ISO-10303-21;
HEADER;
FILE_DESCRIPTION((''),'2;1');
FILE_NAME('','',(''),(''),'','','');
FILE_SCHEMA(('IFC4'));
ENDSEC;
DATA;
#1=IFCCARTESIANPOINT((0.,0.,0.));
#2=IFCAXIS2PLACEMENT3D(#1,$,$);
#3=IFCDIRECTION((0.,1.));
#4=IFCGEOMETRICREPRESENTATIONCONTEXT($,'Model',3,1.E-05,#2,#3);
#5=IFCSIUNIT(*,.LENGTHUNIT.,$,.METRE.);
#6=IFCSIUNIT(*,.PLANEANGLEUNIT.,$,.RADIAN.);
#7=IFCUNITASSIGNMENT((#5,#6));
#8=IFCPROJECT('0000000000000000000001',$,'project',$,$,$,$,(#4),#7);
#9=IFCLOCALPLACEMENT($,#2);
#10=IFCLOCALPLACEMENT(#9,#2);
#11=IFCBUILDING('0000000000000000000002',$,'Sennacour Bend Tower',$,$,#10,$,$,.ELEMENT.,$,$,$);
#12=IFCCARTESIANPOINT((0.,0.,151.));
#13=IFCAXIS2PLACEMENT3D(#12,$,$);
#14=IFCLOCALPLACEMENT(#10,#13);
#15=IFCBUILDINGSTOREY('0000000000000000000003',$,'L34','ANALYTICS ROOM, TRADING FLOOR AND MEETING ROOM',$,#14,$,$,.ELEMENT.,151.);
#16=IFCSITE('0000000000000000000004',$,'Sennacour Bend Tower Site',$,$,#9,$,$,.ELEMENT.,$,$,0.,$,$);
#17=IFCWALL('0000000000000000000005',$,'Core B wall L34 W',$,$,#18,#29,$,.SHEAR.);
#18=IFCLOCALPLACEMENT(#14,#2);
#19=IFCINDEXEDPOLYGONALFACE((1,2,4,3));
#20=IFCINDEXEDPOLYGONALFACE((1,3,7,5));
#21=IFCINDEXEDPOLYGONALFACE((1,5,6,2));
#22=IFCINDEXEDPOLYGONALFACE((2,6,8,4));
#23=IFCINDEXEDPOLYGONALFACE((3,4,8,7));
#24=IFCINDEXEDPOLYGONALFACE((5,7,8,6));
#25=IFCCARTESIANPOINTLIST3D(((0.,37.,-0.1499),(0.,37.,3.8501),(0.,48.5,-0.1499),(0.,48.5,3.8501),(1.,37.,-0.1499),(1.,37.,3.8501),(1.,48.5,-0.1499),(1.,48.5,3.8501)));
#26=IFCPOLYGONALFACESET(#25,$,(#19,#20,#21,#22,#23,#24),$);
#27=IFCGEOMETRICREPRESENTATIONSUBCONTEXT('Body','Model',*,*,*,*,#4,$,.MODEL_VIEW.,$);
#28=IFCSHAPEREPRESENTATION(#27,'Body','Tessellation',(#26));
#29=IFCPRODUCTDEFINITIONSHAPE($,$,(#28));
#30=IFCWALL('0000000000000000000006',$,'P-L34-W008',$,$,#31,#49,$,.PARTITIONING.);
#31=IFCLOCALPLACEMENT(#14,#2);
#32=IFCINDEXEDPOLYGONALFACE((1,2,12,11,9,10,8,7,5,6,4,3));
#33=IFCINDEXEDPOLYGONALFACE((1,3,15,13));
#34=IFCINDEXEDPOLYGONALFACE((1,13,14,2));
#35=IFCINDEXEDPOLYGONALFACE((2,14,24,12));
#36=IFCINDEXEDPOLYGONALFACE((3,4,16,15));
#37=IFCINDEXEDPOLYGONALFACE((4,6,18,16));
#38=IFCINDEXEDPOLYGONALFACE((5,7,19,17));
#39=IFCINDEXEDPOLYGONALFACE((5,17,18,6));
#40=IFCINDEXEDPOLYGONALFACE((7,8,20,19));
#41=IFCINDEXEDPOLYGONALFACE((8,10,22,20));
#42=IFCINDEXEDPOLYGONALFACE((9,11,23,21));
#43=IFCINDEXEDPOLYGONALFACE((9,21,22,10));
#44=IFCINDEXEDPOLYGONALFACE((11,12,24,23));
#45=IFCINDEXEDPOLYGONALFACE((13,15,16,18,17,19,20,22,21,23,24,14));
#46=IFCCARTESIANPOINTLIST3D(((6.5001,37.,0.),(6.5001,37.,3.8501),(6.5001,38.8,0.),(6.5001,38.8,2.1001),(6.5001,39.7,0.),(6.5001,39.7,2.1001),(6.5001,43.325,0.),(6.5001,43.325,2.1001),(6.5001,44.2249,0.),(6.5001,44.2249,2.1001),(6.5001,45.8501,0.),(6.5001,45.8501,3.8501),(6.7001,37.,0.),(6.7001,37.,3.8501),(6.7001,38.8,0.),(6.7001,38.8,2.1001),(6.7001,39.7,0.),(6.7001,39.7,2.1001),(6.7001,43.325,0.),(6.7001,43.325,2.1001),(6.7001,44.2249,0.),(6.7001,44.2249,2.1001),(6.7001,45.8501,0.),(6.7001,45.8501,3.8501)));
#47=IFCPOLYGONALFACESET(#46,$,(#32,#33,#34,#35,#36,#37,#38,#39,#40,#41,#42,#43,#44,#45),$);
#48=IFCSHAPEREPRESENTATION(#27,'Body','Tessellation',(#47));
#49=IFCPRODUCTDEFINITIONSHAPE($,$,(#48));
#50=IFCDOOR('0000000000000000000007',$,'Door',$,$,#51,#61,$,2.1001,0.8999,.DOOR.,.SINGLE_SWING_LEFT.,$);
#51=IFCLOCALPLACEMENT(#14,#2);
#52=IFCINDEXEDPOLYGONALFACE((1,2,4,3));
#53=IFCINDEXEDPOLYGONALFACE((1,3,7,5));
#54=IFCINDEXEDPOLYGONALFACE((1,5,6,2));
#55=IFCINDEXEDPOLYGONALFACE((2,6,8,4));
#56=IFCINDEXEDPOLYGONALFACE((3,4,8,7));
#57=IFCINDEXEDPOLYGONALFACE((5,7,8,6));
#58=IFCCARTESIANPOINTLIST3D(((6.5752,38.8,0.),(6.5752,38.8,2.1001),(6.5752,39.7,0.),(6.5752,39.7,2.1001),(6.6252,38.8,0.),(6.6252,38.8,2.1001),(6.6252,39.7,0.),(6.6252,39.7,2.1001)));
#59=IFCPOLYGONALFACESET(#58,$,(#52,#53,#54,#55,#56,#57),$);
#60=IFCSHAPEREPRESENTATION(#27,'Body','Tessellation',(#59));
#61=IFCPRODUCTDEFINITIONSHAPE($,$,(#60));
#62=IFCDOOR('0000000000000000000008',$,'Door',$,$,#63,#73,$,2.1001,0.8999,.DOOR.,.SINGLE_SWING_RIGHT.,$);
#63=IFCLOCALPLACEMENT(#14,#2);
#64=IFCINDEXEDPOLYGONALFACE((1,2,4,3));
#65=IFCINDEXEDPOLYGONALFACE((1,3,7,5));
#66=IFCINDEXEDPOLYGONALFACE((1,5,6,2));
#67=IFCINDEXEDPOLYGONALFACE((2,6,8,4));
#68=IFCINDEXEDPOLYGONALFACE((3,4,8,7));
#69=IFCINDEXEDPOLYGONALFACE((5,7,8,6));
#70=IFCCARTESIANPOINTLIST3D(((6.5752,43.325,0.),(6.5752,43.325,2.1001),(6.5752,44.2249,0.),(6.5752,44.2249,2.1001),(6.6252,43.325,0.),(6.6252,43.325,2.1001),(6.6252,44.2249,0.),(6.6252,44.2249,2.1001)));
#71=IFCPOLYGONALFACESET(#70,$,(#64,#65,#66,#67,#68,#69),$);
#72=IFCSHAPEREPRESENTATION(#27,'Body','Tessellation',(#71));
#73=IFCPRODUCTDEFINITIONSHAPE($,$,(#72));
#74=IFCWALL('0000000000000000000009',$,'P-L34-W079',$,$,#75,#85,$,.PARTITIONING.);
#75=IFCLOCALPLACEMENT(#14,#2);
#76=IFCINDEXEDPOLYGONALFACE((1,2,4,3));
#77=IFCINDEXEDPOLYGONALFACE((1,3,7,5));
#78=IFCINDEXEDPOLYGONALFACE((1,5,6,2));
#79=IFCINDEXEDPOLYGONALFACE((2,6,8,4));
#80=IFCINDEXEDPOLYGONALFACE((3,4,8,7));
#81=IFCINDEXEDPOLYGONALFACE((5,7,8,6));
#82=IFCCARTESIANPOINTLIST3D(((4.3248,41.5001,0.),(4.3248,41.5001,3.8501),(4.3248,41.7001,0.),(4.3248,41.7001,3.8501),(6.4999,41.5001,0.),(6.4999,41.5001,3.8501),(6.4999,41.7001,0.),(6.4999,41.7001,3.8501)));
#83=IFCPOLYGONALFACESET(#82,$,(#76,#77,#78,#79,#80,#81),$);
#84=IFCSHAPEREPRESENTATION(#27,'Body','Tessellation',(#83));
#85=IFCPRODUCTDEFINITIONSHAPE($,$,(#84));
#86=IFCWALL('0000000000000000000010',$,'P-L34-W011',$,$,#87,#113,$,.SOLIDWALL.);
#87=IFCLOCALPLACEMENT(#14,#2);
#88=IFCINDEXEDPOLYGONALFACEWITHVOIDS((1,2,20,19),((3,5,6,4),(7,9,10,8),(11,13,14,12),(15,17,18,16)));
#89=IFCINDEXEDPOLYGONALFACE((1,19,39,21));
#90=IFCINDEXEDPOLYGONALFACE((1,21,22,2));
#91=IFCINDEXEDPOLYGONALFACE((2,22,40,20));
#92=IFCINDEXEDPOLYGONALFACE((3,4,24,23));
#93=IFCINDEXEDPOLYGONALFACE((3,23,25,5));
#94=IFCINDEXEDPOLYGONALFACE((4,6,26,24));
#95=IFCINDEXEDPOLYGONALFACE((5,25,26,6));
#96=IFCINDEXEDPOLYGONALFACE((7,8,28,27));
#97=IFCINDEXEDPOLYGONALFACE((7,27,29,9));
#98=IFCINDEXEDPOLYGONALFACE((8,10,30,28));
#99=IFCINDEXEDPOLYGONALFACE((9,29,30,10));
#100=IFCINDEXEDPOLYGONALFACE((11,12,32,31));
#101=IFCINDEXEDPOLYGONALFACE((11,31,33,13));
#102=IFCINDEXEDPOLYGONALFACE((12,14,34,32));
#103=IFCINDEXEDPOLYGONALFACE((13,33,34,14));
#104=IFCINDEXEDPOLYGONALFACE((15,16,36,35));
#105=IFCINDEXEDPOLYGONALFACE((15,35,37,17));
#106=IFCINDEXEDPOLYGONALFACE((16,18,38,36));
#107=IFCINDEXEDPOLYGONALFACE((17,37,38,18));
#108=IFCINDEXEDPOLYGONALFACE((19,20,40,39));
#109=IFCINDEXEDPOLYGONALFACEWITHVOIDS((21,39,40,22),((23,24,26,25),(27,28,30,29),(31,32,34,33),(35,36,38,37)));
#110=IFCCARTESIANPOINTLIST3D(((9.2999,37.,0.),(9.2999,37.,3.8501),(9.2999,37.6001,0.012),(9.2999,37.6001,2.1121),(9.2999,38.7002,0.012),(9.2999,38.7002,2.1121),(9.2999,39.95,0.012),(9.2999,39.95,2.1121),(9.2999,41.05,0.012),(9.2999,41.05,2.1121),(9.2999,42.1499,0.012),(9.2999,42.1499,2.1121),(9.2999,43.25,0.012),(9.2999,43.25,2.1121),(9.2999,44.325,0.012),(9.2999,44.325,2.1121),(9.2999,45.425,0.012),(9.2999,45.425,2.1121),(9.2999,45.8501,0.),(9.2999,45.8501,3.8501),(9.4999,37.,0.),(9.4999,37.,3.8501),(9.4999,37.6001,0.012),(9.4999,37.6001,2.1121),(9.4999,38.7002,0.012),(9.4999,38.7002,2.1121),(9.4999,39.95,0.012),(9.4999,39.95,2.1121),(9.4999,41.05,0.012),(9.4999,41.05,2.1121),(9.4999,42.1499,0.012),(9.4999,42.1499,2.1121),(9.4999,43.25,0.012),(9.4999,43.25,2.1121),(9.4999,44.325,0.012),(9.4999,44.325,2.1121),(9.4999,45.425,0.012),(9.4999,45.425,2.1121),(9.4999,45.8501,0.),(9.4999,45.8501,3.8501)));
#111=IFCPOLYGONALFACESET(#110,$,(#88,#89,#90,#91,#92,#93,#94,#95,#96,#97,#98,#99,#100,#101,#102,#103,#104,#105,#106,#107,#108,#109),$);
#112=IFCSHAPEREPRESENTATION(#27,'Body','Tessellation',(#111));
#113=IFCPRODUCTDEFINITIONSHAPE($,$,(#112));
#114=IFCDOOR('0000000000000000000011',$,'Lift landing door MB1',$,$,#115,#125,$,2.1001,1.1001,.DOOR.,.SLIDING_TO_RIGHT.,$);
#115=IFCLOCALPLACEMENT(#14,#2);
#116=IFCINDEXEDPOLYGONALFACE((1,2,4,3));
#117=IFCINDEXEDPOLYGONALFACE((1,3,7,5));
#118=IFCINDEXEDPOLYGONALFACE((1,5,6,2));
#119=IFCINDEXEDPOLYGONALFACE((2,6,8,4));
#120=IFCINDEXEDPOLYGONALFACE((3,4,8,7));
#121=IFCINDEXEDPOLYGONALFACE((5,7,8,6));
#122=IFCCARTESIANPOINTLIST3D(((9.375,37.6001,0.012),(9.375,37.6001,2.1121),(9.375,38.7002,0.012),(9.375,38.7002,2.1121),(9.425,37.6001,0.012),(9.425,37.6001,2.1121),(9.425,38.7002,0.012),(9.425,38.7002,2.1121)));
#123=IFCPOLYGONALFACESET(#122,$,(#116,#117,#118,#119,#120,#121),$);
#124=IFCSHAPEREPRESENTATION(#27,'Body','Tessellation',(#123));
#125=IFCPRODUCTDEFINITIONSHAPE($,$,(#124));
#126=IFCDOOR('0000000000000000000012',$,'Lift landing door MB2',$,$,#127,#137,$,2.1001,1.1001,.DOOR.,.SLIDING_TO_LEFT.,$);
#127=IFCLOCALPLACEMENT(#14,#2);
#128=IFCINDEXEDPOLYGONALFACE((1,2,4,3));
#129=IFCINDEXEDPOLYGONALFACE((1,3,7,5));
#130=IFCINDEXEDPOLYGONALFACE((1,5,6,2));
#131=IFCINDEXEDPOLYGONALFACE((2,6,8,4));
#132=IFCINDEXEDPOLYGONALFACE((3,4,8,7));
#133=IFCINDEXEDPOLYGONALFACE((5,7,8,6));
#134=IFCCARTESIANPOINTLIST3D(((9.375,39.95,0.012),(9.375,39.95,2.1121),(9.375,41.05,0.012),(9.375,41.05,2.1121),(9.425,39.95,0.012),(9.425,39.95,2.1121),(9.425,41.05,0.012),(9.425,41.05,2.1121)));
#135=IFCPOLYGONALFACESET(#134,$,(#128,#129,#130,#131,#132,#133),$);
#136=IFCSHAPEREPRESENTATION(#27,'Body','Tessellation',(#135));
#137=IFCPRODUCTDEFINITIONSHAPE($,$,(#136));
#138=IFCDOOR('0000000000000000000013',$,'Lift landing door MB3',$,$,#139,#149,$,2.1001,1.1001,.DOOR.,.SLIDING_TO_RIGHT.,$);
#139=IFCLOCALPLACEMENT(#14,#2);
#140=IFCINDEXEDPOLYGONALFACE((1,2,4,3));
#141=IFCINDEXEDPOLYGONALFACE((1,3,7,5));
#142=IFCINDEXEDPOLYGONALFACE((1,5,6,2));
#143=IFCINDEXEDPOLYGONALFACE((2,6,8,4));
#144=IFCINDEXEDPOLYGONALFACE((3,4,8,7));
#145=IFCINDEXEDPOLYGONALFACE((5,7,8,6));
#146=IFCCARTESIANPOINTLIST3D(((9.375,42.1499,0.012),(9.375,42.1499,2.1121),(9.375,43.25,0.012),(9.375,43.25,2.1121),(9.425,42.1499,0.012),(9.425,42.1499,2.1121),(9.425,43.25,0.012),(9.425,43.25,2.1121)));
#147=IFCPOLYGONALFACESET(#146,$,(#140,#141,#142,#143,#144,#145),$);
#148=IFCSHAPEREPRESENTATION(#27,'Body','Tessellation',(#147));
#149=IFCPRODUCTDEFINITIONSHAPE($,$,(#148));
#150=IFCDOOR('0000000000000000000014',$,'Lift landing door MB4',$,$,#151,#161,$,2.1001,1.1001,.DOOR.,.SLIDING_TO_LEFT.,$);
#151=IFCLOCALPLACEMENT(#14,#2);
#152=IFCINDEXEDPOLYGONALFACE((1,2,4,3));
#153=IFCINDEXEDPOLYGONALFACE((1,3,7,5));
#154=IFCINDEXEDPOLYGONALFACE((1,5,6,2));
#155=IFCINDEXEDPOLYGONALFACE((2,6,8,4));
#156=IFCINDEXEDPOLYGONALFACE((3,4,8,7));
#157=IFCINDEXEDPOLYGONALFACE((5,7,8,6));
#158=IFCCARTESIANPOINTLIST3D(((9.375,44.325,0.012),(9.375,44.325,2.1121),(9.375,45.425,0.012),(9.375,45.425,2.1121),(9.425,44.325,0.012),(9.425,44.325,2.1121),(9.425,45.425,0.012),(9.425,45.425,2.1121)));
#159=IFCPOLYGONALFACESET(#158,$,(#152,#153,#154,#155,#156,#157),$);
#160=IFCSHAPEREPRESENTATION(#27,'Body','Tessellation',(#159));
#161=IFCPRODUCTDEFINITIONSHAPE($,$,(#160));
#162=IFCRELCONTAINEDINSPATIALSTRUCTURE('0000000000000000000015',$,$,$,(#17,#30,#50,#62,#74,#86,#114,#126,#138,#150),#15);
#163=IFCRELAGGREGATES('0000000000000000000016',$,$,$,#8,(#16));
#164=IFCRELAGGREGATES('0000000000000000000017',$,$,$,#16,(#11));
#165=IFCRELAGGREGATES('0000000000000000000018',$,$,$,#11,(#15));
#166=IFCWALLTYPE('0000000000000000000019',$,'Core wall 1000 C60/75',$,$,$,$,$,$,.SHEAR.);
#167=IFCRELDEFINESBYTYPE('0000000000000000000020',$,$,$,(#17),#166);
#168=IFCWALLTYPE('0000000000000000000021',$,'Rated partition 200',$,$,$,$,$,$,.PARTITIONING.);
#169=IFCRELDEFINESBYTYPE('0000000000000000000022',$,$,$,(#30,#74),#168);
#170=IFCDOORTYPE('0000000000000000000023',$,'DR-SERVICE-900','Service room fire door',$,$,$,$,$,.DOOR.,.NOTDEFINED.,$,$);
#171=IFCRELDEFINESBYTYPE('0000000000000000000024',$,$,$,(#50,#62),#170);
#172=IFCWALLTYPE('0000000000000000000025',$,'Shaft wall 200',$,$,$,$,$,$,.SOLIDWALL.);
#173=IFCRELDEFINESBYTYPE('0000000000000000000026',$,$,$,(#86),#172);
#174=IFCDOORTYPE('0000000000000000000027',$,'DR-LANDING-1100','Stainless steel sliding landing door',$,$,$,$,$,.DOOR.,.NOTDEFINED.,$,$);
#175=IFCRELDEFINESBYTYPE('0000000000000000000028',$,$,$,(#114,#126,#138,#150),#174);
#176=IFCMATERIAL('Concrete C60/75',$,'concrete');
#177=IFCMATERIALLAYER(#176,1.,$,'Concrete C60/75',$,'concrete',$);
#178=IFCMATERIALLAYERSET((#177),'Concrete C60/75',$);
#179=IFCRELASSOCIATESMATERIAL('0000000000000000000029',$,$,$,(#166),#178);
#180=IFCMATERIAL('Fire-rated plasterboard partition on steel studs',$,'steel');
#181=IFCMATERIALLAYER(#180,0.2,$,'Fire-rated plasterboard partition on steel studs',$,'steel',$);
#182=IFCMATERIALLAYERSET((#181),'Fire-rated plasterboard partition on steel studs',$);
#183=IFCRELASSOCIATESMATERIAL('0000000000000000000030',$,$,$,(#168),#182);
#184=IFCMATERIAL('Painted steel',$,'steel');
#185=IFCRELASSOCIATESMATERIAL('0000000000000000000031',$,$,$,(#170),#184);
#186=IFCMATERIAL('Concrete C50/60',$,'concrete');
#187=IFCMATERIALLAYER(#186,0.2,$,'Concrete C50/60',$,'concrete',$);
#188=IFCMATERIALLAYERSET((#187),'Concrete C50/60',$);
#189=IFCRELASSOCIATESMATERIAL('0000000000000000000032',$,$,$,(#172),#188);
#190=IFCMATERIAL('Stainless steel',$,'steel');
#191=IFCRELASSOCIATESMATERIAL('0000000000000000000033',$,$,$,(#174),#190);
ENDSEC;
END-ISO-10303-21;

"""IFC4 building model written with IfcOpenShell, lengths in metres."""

from ifc_helpers import new_model, si_unit, direction, frame, frame_2d, origin, place, context, subcontext, project, spatial, rectangle, extrude, material, layer, layer_set, type_object, element, fill, save


model = new_model("IFC4")

# Units and contexts
model_context = context("Model", 3, precision=1e-05, world=origin(), true_north=direction((0.0, 1.0)))
body_context = subcontext(model_context, "Body", "Model", "MODEL_VIEW")
ifc_project = project(units=[si_unit("LENGTHUNIT", "METRE"), si_unit("PLANEANGLEUNIT", "RADIAN")], contexts=[model_context])

# Site, building, storey
site_placement = place(None, origin())
site = spatial("IfcSite", under=ifc_project, at=site_placement, Name="Sennacour Bend Tower Site", CompositionType="ELEMENT", RefElevation=0.0)
building_placement = place(site_placement, origin())
building = spatial("IfcBuilding", under=site, at=building_placement, Name="Sennacour Bend Tower", CompositionType="ELEMENT")
storey_placement = place(building_placement, frame((0.0, 0.0, 151.0)))
storey = spatial("IfcBuildingStorey", under=building, at=storey_placement, Name="L34", Description="ANALYTICS ROOM, TRADING FLOOR AND MEETING ROOM", CompositionType="ELEMENT", Elevation=151.0)

# Wall
ifc_material_1 = material(Name="Concrete C60/75", Category="concrete")
ifc_layer_1 = layer(ifc_material_1, 1.0, Name="Concrete C60/75", Category="concrete")
ifc_layer_set_1 = layer_set([ifc_layer_1], Name="Concrete C60/75")
wall_type_1 = type_object("IfcWallType", Name="Core wall 1000 C60/75", PredefinedType="SHEAR", material=ifc_layer_set_1)
wall_1_placement = place(storey_placement, frame((0.5, 37.0, -0.1499), z_axis=(0.0, 0.0, 1.0), x_axis=(0.0, 1.0, 0.0)))
element("IfcWall", 1, at=wall_1_placement, inside=storey, type_object=wall_type_1, Name="Core B wall L34 W", PredefinedType="SHEAR", context=body_context, shape_type="SweptSolid", body=[
    extrude(rectangle(XDim=11.5, YDim=1.0, at=frame_2d((5.75, 0.0))), origin(), (0.0, 0.0, 1.0), 4.0),
])

# Wall, openings, doors
ifc_material_2 = material(Name="Fire-rated plasterboard partition on steel studs", Category="steel")
ifc_layer_2 = layer(ifc_material_2, 0.2, Name="Fire-rated plasterboard partition on steel studs", Category="steel")
ifc_layer_set_2 = layer_set([ifc_layer_2], Name="Fire-rated plasterboard partition on steel studs")
wall_type_2 = type_object("IfcWallType", Name="Rated partition 200", PredefinedType="PARTITIONING", material=ifc_layer_set_2)
wall_2_placement = place(storey_placement, frame((6.6001, 37.0, 0.0), z_axis=(0.0, 0.0, 1.0), x_axis=(0.0, 1.0, 0.0)))
wall_2 = element("IfcWall", 2, at=wall_2_placement, inside=storey, type_object=wall_type_2, Name="P-L34-W008", PredefinedType="PARTITIONING", context=body_context, shape_type="SweptSolid", body=[
    extrude(rectangle(XDim=8.8501, YDim=0.2, at=frame_2d((4.425, 0.0))), origin(), (0.0, 0.0, 1.0), 3.8501),
])
opening_1_placement = place(wall_2_placement, frame((1.8, 0.0, 0.0)))
opening_1 = element("IfcOpeningElement", 3, at=opening_1_placement, cuts=wall_2, PredefinedType="OPENING", context=body_context, shape_type="SweptSolid", body=[
    extrude(rectangle(XDim=0.8999, YDim=2.1001, at=frame_2d((0.45, 1.05))), frame((0.0, 0.1099, 0.0), z_axis=(0.0, -1.0, 0.0), x_axis=(1.0, 0.0, 0.0)), (0.0, 0.0, 1.0), 0.22),
])
opening_2_placement = place(wall_2_placement, frame((6.325, 0.0, 0.0)))
opening_2 = element("IfcOpeningElement", 4, at=opening_2_placement, cuts=wall_2, PredefinedType="OPENING", context=body_context, shape_type="SweptSolid", body=[
    extrude(rectangle(XDim=0.8999, YDim=2.1001, at=frame_2d((0.45, 1.05))), frame((0.0, 0.1099, 0.0), z_axis=(0.0, -1.0, 0.0), x_axis=(1.0, 0.0, 0.0)), (0.0, 0.0, 1.0), 0.22),
])
ifc_material_3 = material(Name="Painted steel", Category="steel")
door_type_1 = type_object("IfcDoorType", Name="DR-SERVICE-900", Description="Service room fire door", OperationType="NOTDEFINED", PredefinedType="DOOR", material=ifc_material_3)
door_1_placement = place(opening_1_placement, origin())
door_1 = element("IfcDoor", 5, at=door_1_placement, inside=storey, type_object=door_type_1, Name="Door", OperationType="SINGLE_SWING_LEFT", OverallHeight=2.1001, OverallWidth=0.8999, PredefinedType="DOOR", context=body_context, shape_type="SweptSolid", body=[
    extrude(rectangle(XDim=0.8999, YDim=2.1001, at=frame_2d((0.45, 1.05))), frame((0.0, 0.0249, 0.0), z_axis=(0.0, -1.0, 0.0), x_axis=(1.0, 0.0, 0.0)), (0.0, 0.0, 1.0), 0.05),
])
fill(opening_1, door_1)
door_2_placement = place(opening_2_placement, origin())
door_2 = element("IfcDoor", 6, at=door_2_placement, inside=storey, type_object=door_type_1, Name="Door", OperationType="SINGLE_SWING_RIGHT", OverallHeight=2.1001, OverallWidth=0.8999, PredefinedType="DOOR", context=body_context, shape_type="SweptSolid", body=[
    extrude(rectangle(XDim=0.8999, YDim=2.1001, at=frame_2d((0.45, 1.05))), frame((0.0, 0.0249, 0.0), z_axis=(0.0, -1.0, 0.0), x_axis=(1.0, 0.0, 0.0)), (0.0, 0.0, 1.0), 0.05),
])
fill(opening_2, door_2)

# Wall
wall_3_placement = place(storey_placement, frame((4.325, 41.6001, 0.0), z_axis=(0.0, 0.0, 1.0), x_axis=(1.0, 0.0, 0.0)))
element("IfcWall", 7, at=wall_3_placement, inside=storey, type_object=wall_type_2, Name="P-L34-W079", PredefinedType="PARTITIONING", context=body_context, shape_type="SweptSolid", body=[
    extrude(rectangle(XDim=2.175, YDim=0.2, at=frame_2d((1.0874, 0.0))), origin(), (0.0, 0.0, 1.0), 3.8501),
])

# Wall, openings, doors
ifc_material_4 = material(Name="Concrete C50/60", Category="concrete")
ifc_layer_3 = layer(ifc_material_4, 0.2, Name="Concrete C50/60", Category="concrete")
ifc_layer_set_3 = layer_set([ifc_layer_3], Name="Concrete C50/60")
wall_type_3 = type_object("IfcWallType", Name="Shaft wall 200", PredefinedType="SOLIDWALL", material=ifc_layer_set_3)
wall_4_placement = place(storey_placement, frame((9.3999, 37.0, 0.0), z_axis=(0.0, 0.0, 1.0), x_axis=(0.0, 1.0, 0.0)))
wall_4 = element("IfcWall", 8, at=wall_4_placement, inside=storey, type_object=wall_type_3, Name="P-L34-W011", PredefinedType="SOLIDWALL", context=body_context, shape_type="SweptSolid", body=[
    extrude(rectangle(XDim=8.8501, YDim=0.2, at=frame_2d((4.425, 0.0))), origin(), (0.0, 0.0, 1.0), 3.8501),
])
opening_3_placement = place(wall_4_placement, frame((0.6001, 0.0, 0.012)))
opening_3 = element("IfcOpeningElement", 9, at=opening_3_placement, cuts=wall_4, PredefinedType="OPENING", context=body_context, shape_type="SweptSolid", body=[
    extrude(rectangle(XDim=1.1001, YDim=2.1001, at=frame_2d((0.55, 1.05))), frame((0.0, 0.1099, 0.0), z_axis=(0.0, -1.0, 0.0), x_axis=(1.0, 0.0, 0.0)), (0.0, 0.0, 1.0), 0.22),
])
opening_4_placement = place(wall_4_placement, frame((2.95, 0.0, 0.012)))
opening_4 = element("IfcOpeningElement", 10, at=opening_4_placement, cuts=wall_4, PredefinedType="OPENING", context=body_context, shape_type="SweptSolid", body=[
    extrude(rectangle(XDim=1.1001, YDim=2.1001, at=frame_2d((0.55, 1.05))), frame((0.0, 0.1099, 0.0), z_axis=(0.0, -1.0, 0.0), x_axis=(1.0, 0.0, 0.0)), (0.0, 0.0, 1.0), 0.22),
])
opening_5_placement = place(wall_4_placement, frame((5.1499, 0.0, 0.012)))
opening_5 = element("IfcOpeningElement", 11, at=opening_5_placement, cuts=wall_4, PredefinedType="OPENING", context=body_context, shape_type="SweptSolid", body=[
    extrude(rectangle(XDim=1.1001, YDim=2.1001, at=frame_2d((0.55, 1.05))), frame((0.0, 0.1099, 0.0), z_axis=(0.0, -1.0, 0.0), x_axis=(1.0, 0.0, 0.0)), (0.0, 0.0, 1.0), 0.22),
])
opening_6_placement = place(wall_4_placement, frame((7.325, 0.0, 0.012)))
opening_6 = element("IfcOpeningElement", 12, at=opening_6_placement, cuts=wall_4, PredefinedType="OPENING", context=body_context, shape_type="SweptSolid", body=[
    extrude(rectangle(XDim=1.1001, YDim=2.1001, at=frame_2d((0.55, 1.05))), frame((0.0, 0.1099, 0.0), z_axis=(0.0, -1.0, 0.0), x_axis=(1.0, 0.0, 0.0)), (0.0, 0.0, 1.0), 0.22),
])
ifc_material_5 = material(Name="Stainless steel", Category="steel")
door_type_2 = type_object("IfcDoorType", Name="DR-LANDING-1100", Description="Stainless steel sliding landing door", OperationType="NOTDEFINED", PredefinedType="DOOR", material=ifc_material_5)
door_3_placement = place(opening_3_placement, origin())
door_3 = element("IfcDoor", 13, at=door_3_placement, inside=storey, type_object=door_type_2, Name="Lift landing door MB1", OperationType="SLIDING_TO_RIGHT", OverallHeight=2.1001, OverallWidth=1.1001, PredefinedType="DOOR", context=body_context, shape_type="SweptSolid", body=[
    extrude(rectangle(XDim=1.1001, YDim=2.1001, at=frame_2d((0.55, 1.05))), frame((0.0, 0.0249, 0.0), z_axis=(0.0, -1.0, 0.0), x_axis=(1.0, 0.0, 0.0)), (0.0, 0.0, 1.0), 0.05),
])
fill(opening_3, door_3)
door_4_placement = place(opening_4_placement, origin())
door_4 = element("IfcDoor", 14, at=door_4_placement, inside=storey, type_object=door_type_2, Name="Lift landing door MB2", OperationType="SLIDING_TO_LEFT", OverallHeight=2.1001, OverallWidth=1.1001, PredefinedType="DOOR", context=body_context, shape_type="SweptSolid", body=[
    extrude(rectangle(XDim=1.1001, YDim=2.1001, at=frame_2d((0.55, 1.05))), frame((0.0, 0.0249, 0.0), z_axis=(0.0, -1.0, 0.0), x_axis=(1.0, 0.0, 0.0)), (0.0, 0.0, 1.0), 0.05),
])
fill(opening_4, door_4)
door_5_placement = place(opening_5_placement, origin())
door_5 = element("IfcDoor", 15, at=door_5_placement, inside=storey, type_object=door_type_2, Name="Lift landing door MB3", OperationType="SLIDING_TO_RIGHT", OverallHeight=2.1001, OverallWidth=1.1001, PredefinedType="DOOR", context=body_context, shape_type="SweptSolid", body=[
    extrude(rectangle(XDim=1.1001, YDim=2.1001, at=frame_2d((0.55, 1.05))), frame((0.0, 0.0249, 0.0), z_axis=(0.0, -1.0, 0.0), x_axis=(1.0, 0.0, 0.0)), (0.0, 0.0, 1.0), 0.05),
])
fill(opening_5, door_5)
door_6_placement = place(opening_6_placement, origin())
door_6 = element("IfcDoor", 16, at=door_6_placement, inside=storey, type_object=door_type_2, Name="Lift landing door MB4", OperationType="SLIDING_TO_LEFT", OverallHeight=2.1001, OverallWidth=1.1001, PredefinedType="DOOR", context=body_context, shape_type="SweptSolid", body=[
    extrude(rectangle(XDim=1.1001, YDim=2.1001, at=frame_2d((0.55, 1.05))), frame((0.0, 0.0249, 0.0), z_axis=(0.0, -1.0, 0.0), x_axis=(1.0, 0.0, 0.0)), (0.0, 0.0, 1.0), 0.05),
])
fill(opening_6, door_6)

save(model, "model.ifc")
